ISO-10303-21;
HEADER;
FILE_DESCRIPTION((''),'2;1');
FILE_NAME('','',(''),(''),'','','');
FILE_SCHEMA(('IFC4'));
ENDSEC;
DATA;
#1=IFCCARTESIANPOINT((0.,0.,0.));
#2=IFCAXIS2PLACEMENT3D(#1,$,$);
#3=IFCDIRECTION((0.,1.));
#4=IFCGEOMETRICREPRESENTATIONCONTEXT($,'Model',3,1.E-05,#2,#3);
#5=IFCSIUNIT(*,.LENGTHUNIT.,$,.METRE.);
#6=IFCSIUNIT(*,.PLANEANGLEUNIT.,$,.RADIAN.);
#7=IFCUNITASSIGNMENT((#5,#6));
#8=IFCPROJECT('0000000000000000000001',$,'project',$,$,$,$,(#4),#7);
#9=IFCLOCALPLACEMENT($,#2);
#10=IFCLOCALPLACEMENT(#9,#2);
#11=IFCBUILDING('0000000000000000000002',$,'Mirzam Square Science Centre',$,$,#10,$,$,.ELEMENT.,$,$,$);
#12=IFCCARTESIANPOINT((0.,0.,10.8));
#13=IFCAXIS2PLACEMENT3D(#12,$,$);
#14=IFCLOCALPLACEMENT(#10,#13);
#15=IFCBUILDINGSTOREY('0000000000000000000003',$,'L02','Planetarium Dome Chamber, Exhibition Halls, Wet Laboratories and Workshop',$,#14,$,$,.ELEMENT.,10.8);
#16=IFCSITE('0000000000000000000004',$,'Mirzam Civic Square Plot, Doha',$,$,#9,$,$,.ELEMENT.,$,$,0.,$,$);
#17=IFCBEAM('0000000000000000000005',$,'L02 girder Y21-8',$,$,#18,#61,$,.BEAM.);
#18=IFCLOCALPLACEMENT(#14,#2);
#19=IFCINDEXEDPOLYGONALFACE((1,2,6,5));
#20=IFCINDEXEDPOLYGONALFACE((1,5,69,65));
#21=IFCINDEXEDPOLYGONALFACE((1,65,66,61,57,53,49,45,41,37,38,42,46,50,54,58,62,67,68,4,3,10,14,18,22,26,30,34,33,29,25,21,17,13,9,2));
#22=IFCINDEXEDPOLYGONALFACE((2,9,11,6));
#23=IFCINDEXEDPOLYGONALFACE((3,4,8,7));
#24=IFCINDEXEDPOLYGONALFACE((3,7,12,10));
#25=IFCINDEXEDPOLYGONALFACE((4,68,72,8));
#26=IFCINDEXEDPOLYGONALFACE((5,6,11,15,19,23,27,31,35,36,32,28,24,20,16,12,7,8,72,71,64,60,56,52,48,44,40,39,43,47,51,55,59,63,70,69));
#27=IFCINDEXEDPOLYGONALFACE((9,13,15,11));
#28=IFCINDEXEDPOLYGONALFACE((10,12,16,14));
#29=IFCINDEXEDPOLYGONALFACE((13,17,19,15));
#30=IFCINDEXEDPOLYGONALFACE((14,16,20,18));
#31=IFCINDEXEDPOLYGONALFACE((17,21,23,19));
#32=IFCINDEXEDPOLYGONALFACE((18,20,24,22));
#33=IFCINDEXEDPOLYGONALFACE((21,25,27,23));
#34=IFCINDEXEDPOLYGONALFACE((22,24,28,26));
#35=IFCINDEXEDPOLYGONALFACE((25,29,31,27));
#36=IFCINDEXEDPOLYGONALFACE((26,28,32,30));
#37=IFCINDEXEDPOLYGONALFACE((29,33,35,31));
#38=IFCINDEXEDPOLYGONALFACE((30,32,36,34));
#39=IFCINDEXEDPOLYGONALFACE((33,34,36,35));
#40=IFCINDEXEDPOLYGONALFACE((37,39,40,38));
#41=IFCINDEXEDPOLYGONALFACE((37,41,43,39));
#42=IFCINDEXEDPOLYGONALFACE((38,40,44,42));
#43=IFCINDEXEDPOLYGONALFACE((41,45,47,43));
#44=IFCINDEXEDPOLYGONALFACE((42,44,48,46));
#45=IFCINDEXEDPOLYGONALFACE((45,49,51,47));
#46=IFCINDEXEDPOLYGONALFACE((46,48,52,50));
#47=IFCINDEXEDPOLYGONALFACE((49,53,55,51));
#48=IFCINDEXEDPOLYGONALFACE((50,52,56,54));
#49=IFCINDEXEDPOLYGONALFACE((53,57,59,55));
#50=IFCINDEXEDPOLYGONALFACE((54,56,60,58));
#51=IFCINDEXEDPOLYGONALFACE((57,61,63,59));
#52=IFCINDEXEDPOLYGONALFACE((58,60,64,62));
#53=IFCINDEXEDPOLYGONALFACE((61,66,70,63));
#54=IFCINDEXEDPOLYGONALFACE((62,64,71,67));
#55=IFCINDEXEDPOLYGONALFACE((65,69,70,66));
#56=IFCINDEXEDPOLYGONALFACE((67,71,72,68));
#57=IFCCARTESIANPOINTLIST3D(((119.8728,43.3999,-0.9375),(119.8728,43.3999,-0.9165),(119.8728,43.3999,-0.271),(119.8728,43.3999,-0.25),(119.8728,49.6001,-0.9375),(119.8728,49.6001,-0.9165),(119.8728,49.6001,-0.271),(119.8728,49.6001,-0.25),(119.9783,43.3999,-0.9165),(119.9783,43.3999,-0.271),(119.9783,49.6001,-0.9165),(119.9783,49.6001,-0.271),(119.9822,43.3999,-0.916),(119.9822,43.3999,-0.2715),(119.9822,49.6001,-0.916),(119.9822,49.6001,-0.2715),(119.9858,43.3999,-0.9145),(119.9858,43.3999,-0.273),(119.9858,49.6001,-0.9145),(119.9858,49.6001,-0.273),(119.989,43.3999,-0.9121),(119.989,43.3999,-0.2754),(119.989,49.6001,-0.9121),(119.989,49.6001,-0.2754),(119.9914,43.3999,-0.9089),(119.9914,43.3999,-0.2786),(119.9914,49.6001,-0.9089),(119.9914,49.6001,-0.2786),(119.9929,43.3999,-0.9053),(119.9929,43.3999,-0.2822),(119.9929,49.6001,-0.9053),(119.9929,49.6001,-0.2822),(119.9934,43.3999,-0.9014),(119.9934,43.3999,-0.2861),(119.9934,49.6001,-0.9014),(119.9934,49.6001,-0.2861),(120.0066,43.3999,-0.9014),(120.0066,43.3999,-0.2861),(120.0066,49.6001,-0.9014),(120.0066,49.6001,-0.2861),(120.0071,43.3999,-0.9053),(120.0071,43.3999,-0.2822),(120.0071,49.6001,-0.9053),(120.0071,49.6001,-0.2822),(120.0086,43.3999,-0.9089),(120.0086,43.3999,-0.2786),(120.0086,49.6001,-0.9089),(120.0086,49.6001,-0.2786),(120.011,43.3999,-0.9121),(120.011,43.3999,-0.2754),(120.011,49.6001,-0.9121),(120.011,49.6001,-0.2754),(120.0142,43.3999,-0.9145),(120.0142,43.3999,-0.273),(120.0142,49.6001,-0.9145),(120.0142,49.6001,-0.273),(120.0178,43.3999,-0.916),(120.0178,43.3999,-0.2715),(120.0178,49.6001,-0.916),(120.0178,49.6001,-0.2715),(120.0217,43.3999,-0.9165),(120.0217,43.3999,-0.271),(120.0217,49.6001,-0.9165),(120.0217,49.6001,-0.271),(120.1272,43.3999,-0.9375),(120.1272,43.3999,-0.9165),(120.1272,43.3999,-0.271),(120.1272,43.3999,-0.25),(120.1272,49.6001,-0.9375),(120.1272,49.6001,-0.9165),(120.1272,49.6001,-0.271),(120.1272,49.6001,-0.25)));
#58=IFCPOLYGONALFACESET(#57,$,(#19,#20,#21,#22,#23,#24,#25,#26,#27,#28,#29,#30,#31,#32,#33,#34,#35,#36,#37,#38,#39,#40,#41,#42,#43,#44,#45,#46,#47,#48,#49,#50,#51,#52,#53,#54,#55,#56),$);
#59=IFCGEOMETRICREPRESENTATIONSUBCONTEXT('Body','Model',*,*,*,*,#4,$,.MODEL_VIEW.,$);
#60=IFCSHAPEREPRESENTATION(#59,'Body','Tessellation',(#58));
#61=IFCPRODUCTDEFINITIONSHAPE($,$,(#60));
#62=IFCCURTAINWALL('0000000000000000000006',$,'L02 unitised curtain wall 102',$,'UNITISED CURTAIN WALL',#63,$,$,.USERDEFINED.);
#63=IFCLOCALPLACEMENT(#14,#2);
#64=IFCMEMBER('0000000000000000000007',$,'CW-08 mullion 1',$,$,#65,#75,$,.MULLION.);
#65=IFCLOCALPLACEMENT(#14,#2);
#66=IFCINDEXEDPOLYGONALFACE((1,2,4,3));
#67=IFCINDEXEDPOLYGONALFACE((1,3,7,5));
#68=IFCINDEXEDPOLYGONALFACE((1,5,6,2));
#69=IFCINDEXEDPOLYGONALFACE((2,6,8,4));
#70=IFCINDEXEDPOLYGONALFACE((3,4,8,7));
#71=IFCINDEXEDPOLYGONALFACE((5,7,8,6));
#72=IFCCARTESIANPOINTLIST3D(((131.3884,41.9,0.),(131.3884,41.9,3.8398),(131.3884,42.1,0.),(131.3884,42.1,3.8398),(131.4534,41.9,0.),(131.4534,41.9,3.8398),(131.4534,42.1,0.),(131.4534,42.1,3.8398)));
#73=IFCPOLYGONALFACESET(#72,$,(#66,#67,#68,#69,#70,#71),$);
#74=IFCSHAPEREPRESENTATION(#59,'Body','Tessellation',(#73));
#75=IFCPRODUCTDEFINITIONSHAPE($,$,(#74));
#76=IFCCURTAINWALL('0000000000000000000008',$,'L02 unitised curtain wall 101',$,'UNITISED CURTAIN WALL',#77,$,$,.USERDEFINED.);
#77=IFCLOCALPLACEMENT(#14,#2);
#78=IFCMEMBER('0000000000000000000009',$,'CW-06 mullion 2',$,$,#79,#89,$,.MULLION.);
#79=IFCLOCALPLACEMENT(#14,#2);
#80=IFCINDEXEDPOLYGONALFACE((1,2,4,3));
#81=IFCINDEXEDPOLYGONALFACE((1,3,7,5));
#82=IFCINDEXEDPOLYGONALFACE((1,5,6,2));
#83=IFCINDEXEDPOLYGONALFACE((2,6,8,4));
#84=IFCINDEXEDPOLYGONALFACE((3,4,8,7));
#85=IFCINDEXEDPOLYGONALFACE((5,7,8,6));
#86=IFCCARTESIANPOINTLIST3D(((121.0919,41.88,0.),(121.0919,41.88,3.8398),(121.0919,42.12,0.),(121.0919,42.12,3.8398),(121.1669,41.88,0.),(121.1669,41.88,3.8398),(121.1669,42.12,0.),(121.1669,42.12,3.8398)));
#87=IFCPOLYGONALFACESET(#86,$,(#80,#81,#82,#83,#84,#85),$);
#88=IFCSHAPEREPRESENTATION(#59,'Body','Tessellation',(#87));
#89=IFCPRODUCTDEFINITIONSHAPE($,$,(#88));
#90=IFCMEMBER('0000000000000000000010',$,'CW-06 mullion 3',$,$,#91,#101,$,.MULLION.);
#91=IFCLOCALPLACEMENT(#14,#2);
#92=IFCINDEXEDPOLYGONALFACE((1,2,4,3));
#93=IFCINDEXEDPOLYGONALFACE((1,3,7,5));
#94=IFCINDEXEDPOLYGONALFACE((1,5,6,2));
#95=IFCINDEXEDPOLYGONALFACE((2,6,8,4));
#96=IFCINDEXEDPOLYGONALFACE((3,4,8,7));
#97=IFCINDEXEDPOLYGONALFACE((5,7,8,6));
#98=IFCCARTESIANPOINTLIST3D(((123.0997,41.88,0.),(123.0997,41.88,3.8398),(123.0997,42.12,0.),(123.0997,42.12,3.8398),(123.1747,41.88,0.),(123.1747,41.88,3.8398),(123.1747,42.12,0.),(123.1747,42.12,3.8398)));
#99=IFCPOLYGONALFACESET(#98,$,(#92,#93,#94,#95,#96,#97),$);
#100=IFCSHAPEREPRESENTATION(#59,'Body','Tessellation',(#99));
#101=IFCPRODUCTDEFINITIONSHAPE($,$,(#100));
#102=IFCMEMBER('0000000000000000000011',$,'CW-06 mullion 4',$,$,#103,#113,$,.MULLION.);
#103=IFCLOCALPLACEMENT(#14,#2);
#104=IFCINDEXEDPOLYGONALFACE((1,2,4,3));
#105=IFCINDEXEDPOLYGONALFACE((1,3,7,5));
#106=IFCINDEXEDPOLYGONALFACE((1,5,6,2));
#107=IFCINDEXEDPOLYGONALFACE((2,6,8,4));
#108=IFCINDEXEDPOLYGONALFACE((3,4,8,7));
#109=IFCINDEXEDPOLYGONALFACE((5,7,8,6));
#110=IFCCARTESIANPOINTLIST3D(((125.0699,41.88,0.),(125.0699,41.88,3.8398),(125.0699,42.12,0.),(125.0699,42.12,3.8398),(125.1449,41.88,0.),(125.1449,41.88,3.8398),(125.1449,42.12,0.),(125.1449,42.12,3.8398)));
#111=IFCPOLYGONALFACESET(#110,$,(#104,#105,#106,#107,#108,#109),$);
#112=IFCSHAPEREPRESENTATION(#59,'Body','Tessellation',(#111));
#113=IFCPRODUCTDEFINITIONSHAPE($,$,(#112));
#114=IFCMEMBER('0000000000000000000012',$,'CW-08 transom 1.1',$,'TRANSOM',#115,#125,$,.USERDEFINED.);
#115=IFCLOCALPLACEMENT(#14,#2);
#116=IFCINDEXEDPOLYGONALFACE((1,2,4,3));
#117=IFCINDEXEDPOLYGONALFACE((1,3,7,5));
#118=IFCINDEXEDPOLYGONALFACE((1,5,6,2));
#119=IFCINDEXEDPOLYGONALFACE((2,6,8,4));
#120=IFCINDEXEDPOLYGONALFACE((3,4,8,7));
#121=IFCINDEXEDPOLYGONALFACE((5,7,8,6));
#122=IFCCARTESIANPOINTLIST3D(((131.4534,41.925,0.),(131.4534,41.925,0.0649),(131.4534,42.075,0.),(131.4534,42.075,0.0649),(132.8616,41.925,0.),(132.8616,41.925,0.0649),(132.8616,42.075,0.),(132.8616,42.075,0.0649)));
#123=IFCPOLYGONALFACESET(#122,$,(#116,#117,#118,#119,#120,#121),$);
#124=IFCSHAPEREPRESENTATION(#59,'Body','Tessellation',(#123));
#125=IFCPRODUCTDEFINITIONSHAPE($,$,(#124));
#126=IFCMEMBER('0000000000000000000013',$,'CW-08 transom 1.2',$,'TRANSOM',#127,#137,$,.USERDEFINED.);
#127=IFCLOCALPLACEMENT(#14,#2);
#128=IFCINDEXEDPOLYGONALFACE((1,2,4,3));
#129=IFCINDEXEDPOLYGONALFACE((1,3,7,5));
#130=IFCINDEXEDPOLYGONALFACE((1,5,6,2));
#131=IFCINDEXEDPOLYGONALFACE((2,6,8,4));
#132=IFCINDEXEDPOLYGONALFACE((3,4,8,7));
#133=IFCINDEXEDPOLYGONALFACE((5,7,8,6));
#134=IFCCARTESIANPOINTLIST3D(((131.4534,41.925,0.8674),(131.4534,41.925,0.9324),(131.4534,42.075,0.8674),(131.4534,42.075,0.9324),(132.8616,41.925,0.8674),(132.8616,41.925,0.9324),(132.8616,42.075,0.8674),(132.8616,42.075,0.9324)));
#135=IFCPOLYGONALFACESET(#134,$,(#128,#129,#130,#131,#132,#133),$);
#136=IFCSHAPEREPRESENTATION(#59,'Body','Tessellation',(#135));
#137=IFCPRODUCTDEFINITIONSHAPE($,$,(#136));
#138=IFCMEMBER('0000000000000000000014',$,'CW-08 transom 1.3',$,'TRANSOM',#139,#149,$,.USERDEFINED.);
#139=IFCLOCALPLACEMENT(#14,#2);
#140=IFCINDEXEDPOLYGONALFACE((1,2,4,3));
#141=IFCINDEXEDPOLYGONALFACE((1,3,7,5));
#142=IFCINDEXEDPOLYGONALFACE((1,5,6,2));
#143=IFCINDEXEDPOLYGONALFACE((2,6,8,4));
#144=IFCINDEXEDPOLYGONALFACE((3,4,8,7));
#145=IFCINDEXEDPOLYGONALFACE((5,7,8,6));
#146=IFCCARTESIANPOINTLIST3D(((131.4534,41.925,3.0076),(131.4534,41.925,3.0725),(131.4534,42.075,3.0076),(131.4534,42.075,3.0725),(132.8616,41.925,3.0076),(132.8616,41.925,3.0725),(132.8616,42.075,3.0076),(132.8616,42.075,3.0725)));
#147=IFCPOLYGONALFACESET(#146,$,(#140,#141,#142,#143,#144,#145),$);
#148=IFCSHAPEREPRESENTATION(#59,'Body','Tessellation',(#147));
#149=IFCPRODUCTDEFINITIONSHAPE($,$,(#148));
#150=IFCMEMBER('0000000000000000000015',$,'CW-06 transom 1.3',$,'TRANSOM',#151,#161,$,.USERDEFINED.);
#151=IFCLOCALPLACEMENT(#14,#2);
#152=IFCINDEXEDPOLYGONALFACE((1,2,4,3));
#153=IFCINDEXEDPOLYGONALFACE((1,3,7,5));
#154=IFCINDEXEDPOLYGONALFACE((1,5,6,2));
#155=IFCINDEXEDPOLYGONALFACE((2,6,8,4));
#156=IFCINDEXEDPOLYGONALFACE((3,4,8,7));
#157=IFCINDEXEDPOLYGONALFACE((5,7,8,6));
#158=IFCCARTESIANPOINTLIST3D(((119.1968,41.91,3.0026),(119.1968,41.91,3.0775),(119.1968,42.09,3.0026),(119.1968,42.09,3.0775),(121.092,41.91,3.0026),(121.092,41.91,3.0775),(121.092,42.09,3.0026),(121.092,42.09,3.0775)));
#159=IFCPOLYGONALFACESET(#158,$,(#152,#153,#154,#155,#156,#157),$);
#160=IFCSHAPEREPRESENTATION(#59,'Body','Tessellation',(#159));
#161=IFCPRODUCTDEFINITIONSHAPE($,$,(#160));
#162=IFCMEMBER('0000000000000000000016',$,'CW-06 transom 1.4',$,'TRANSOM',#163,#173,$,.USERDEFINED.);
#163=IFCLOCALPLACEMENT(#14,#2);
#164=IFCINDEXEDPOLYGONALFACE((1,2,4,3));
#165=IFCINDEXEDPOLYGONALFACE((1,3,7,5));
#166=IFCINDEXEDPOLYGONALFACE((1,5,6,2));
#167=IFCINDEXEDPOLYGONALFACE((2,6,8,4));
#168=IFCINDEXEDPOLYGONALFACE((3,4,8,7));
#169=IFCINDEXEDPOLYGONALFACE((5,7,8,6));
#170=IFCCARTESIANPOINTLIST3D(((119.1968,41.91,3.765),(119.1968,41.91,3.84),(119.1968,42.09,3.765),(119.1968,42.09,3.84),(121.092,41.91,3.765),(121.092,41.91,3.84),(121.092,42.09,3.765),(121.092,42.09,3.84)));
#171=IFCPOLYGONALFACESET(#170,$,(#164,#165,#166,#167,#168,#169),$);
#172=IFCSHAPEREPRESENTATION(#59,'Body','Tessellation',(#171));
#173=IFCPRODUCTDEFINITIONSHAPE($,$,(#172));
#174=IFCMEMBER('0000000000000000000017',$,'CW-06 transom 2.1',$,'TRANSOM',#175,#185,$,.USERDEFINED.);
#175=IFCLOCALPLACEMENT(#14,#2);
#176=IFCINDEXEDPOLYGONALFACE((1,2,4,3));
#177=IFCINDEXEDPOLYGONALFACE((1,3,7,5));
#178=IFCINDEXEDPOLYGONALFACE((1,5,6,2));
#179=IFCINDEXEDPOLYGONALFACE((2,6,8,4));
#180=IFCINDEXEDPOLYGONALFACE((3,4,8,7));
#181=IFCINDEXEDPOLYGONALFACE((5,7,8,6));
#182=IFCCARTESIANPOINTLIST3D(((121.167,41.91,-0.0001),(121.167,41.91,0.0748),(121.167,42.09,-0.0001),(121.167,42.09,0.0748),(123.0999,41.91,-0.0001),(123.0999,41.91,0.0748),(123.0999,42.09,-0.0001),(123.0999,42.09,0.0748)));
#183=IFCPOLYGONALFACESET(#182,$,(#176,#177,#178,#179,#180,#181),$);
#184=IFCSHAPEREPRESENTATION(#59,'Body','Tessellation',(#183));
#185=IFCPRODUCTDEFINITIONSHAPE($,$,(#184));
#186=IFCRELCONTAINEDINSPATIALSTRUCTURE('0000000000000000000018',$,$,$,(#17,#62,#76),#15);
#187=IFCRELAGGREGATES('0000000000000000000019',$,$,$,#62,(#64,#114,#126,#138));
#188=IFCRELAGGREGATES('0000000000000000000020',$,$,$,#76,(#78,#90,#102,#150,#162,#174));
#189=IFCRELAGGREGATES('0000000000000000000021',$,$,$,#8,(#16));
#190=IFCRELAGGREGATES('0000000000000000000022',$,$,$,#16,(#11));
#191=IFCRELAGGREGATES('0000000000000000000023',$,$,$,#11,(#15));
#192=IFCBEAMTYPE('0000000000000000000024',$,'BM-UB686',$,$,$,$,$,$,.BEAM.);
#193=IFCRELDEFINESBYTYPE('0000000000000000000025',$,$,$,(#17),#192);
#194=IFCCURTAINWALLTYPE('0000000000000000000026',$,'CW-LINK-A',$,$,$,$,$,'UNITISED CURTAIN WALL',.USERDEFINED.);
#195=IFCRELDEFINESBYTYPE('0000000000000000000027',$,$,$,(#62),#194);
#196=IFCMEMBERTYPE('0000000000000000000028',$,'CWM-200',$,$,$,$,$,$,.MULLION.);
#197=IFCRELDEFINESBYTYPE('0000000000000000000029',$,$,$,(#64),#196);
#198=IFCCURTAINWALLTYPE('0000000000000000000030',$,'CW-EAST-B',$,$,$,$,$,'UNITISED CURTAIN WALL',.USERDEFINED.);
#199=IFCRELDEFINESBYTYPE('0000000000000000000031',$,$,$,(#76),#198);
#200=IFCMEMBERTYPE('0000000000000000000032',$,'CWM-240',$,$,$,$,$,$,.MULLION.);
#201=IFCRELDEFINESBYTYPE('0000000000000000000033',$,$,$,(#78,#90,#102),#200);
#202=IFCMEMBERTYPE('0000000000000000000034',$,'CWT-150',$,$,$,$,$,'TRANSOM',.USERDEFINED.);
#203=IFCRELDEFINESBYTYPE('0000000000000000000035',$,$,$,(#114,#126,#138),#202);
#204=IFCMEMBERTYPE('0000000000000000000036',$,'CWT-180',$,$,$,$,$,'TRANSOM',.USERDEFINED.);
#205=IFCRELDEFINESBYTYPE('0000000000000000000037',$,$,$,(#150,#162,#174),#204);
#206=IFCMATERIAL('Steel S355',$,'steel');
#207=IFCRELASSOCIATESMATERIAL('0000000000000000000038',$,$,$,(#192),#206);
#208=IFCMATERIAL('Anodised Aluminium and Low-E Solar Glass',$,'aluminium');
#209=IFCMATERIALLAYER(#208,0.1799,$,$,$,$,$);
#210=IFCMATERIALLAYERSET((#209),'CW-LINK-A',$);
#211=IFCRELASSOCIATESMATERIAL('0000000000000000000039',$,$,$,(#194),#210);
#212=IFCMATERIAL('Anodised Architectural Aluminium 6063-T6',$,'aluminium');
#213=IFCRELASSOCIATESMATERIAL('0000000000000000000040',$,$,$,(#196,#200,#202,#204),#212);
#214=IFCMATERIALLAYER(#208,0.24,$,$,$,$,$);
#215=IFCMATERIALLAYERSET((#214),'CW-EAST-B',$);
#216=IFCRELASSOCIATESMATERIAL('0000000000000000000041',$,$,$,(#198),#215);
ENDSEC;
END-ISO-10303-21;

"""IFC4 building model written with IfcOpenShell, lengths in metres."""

from ifc_helpers import new_model, si_unit, direction, frame, origin, origin_2d, place, context, subcontext, project, spatial, rectangle, i_section, extrude, material, layer, layer_set, material_profile, profile_set, type_object, element, aggregate, save


model = new_model("IFC4")

# Units and contexts
model_context = context("Model", 3, precision=1e-05, world=origin(), true_north=direction((0.0, 1.0)))
body_context = subcontext(model_context, "Body", "Model", "MODEL_VIEW")
ifc_project = project(units=[si_unit("LENGTHUNIT", "METRE"), si_unit("PLANEANGLEUNIT", "RADIAN")], contexts=[model_context])

# Site, building, storey
site_placement = place(None, origin())
site = spatial("IfcSite", under=ifc_project, at=site_placement, Name="Mirzam Civic Square Plot, Doha", CompositionType="ELEMENT", RefElevation=0.0)
building_placement = place(site_placement, origin())
building = spatial("IfcBuilding", under=site, at=building_placement, Name="Mirzam Square Science Centre", CompositionType="ELEMENT")
storey_placement = place(building_placement, frame((0.0, 0.0, 10.8)))
storey = spatial("IfcBuildingStorey", under=building, at=storey_placement, Name="L02", Description="Planetarium Dome Chamber, Exhibition Halls, Wet Laboratories and Workshop", CompositionType="ELEMENT", Elevation=10.8)

# Shared definitions
ifc_material_1 = material(Name="Steel S355", Category="steel")

# Beam
ifc_material_profile_1 = material_profile(ifc_material_1, i_section(OverallWidth=0.2544, OverallDepth=0.6875, WebThickness=0.0132, FlangeThickness=0.021, FilletRadius=0.0151, at=origin_2d()), Name="686x254x152UB")
ifc_profile_set_1 = profile_set([ifc_material_profile_1], Name="Steel S355")
beam_type_1 = type_object("IfcBeamType", Name="BM-UB686", PredefinedType="BEAM", material=ifc_profile_set_1)
beam_1_placement = place(storey_placement, frame((120.0, 43.3999, -0.5938), z_axis=(0.0, 1.0, 0.0), x_axis=(-1.0, 0.0, 0.0)))
element("IfcBeam", 1, at=beam_1_placement, inside=storey, type_object=beam_type_1, Name="L02 girder Y21-8", PredefinedType="BEAM", context=body_context, shape_type="SweptSolid", body=[
    extrude(i_section(OverallWidth=0.2544, OverallDepth=0.6875, WebThickness=0.0132, FlangeThickness=0.021, FilletRadius=0.0151, at=origin_2d()), origin(), (0.0, 0.0, 1.0), 6.2002),
])

# Curtain wall, member
ifc_material_2 = material(Name="Anodised Aluminium and Low-E Solar Glass", Category="aluminium")
ifc_layer_1 = layer(ifc_material_2, 0.1799)
ifc_layer_set_1 = layer_set([ifc_layer_1], Name="CW-LINK-A")
curtain_wall_type_1 = type_object("IfcCurtainWallType", Name="CW-LINK-A", ElementType="UNITISED CURTAIN WALL", PredefinedType="USERDEFINED", material=ifc_layer_set_1)
curtain_wall_1_placement = place(storey_placement, origin())
curtain_wall_1 = element("IfcCurtainWall", 2, at=curtain_wall_1_placement, inside=storey, type_object=curtain_wall_type_1, Name="L02 unitised curtain wall 102", ObjectType="UNITISED CURTAIN WALL", PredefinedType="USERDEFINED")
ifc_material_3 = material(Name="Anodised Architectural Aluminium 6063-T6", Category="aluminium")
ifc_material_profile_2 = material_profile(ifc_material_3, rectangle(XDim=0.0649, YDim=0.2, at=origin_2d()), Name="ALU-MULL-200x65x5")
ifc_profile_set_2 = profile_set([ifc_material_profile_2], Name="Anodised Architectural Aluminium 6063-T6")
member_type_1 = type_object("IfcMemberType", Name="CWM-200", PredefinedType="MULLION", material=ifc_profile_set_2)
member_1_placement = place(storey_placement, frame((131.4209, 42.0, 0.0), z_axis=(0.0, 0.0, 1.0), x_axis=(1.0, 0.0, 0.0)))
member_1 = element("IfcMember", 3, at=member_1_placement, type_object=member_type_1, Name="CW-08 mullion 1", PredefinedType="MULLION", context=body_context, shape_type="SweptSolid", body=[
    extrude(rectangle(XDim=0.0649, YDim=0.2, at=origin_2d()), origin(), (0.0, 0.0, 1.0), 3.8398),
])

# Curtain wall, members
ifc_layer_2 = layer(ifc_material_2, 0.24)
ifc_layer_set_2 = layer_set([ifc_layer_2], Name="CW-EAST-B")
curtain_wall_type_2 = type_object("IfcCurtainWallType", Name="CW-EAST-B", ElementType="UNITISED CURTAIN WALL", PredefinedType="USERDEFINED", material=ifc_layer_set_2)
curtain_wall_2_placement = place(storey_placement, origin())
curtain_wall_2 = element("IfcCurtainWall", 4, at=curtain_wall_2_placement, inside=storey, type_object=curtain_wall_type_2, Name="L02 unitised curtain wall 101", ObjectType="UNITISED CURTAIN WALL", PredefinedType="USERDEFINED")
ifc_material_profile_3 = material_profile(ifc_material_3, rectangle(XDim=0.075, YDim=0.24, at=origin_2d()), Name="ALU-MULL-240x75x5")
ifc_profile_set_3 = profile_set([ifc_material_profile_3], Name="Anodised Architectural Aluminium 6063-T6")
member_type_2 = type_object("IfcMemberType", Name="CWM-240", PredefinedType="MULLION", material=ifc_profile_set_3)
member_2_placement = place(storey_placement, frame((121.1294, 42.0, 0.0), z_axis=(0.0, 0.0, 1.0), x_axis=(1.0, 0.0, 0.0)))
member_2 = element("IfcMember", 5, at=member_2_placement, type_object=member_type_2, Name="CW-06 mullion 2", PredefinedType="MULLION", context=body_context, shape_type="SweptSolid", body=[
    extrude(rectangle(XDim=0.075, YDim=0.24, at=origin_2d()), origin(), (0.0, 0.0, 1.0), 3.8398),
])
member_3_placement = place(storey_placement, frame((123.1372, 42.0, 0.0), z_axis=(0.0, 0.0, 1.0), x_axis=(1.0, 0.0, 0.0)))
member_3 = element("IfcMember", 6, at=member_3_placement, type_object=member_type_2, Name="CW-06 mullion 3", PredefinedType="MULLION", context=body_context, shape_type="SweptSolid", body=[
    extrude(rectangle(XDim=0.075, YDim=0.24, at=origin_2d()), origin(), (0.0, 0.0, 1.0), 3.8398),
])
member_4_placement = place(storey_placement, frame((125.1074, 42.0, 0.0), z_axis=(0.0, 0.0, 1.0), x_axis=(1.0, 0.0, 0.0)))
member_4 = element("IfcMember", 7, at=member_4_placement, type_object=member_type_2, Name="CW-06 mullion 4", PredefinedType="MULLION", context=body_context, shape_type="SweptSolid", body=[
    extrude(rectangle(XDim=0.075, YDim=0.24, at=origin_2d()), origin(), (0.0, 0.0, 1.0), 3.8398),
])

# Members
ifc_material_profile_4 = material_profile(ifc_material_3, rectangle(XDim=0.1499, YDim=0.0649, at=origin_2d()), Name="ALU-TRAN-150x65x4")
ifc_profile_set_4 = profile_set([ifc_material_profile_4], Name="Anodised Architectural Aluminium 6063-T6")
member_type_3 = type_object("IfcMemberType", Name="CWT-150", ElementType="TRANSOM", PredefinedType="USERDEFINED", material=ifc_profile_set_4)
member_5_placement = place(storey_placement, frame((131.4534, 42.0, 0.0325), z_axis=(1.0, 0.0, 0.0), x_axis=(0.0, 1.0, 0.0)))
member_5 = element("IfcMember", 8, at=member_5_placement, type_object=member_type_3, Name="CW-08 transom 1.1", ObjectType="TRANSOM", PredefinedType="USERDEFINED", context=body_context, shape_type="SweptSolid", body=[
    extrude(rectangle(XDim=0.1499, YDim=0.0649, at=origin_2d()), origin(), (0.0, 0.0, 1.0), 1.4082),
])
member_6_placement = place(storey_placement, frame((131.4534, 42.0, 0.8999), z_axis=(1.0, 0.0, 0.0), x_axis=(0.0, 1.0, 0.0)))
member_6 = element("IfcMember", 9, at=member_6_placement, type_object=member_type_3, Name="CW-08 transom 1.2", ObjectType="TRANSOM", PredefinedType="USERDEFINED", context=body_context, shape_type="SweptSolid", body=[
    extrude(rectangle(XDim=0.1499, YDim=0.0649, at=origin_2d()), origin(), (0.0, 0.0, 1.0), 1.4082),
])
member_7_placement = place(storey_placement, frame((131.4534, 42.0, 3.04), z_axis=(1.0, 0.0, 0.0), x_axis=(0.0, 1.0, 0.0)))
member_7 = element("IfcMember", 10, at=member_7_placement, type_object=member_type_3, Name="CW-08 transom 1.3", ObjectType="TRANSOM", PredefinedType="USERDEFINED", context=body_context, shape_type="SweptSolid", body=[
    extrude(rectangle(XDim=0.1499, YDim=0.0649, at=origin_2d()), origin(), (0.0, 0.0, 1.0), 1.4082),
])
aggregate(curtain_wall_1, [member_1, member_5, member_6, member_7])
ifc_material_profile_5 = material_profile(ifc_material_3, rectangle(XDim=0.1799, YDim=0.075, at=origin_2d()), Name="ALU-TRAN-180x75x5")
ifc_profile_set_5 = profile_set([ifc_material_profile_5], Name="Anodised Architectural Aluminium 6063-T6")
member_type_4 = type_object("IfcMemberType", Name="CWT-180", ElementType="TRANSOM", PredefinedType="USERDEFINED", material=ifc_profile_set_5)
member_8_placement = place(storey_placement, frame((119.1968, 42.0, 3.04), z_axis=(1.0, 0.0, 0.0), x_axis=(0.0, 1.0, 0.0)))
member_8 = element("IfcMember", 11, at=member_8_placement, type_object=member_type_4, Name="CW-06 transom 1.3", ObjectType="TRANSOM", PredefinedType="USERDEFINED", context=body_context, shape_type="SweptSolid", body=[
    extrude(rectangle(XDim=0.1799, YDim=0.075, at=origin_2d()), origin(), (0.0, 0.0, 1.0), 1.8953),
])
member_9_placement = place(storey_placement, frame((119.1968, 42.0, 3.8025), z_axis=(1.0, 0.0, 0.0), x_axis=(0.0, 1.0, 0.0)))
member_9 = element("IfcMember", 12, at=member_9_placement, type_object=member_type_4, Name="CW-06 transom 1.4", ObjectType="TRANSOM", PredefinedType="USERDEFINED", context=body_context, shape_type="SweptSolid", body=[
    extrude(rectangle(XDim=0.1799, YDim=0.075, at=origin_2d()), origin(), (0.0, 0.0, 1.0), 1.8953),
])
member_10_placement = place(storey_placement, frame((121.167, 42.0, 0.0374), z_axis=(1.0, 0.0, 0.0), x_axis=(0.0, 1.0, 0.0)))
member_10 = element("IfcMember", 13, at=member_10_placement, type_object=member_type_4, Name="CW-06 transom 2.1", ObjectType="TRANSOM", PredefinedType="USERDEFINED", context=body_context, shape_type="SweptSolid", body=[
    extrude(rectangle(XDim=0.1799, YDim=0.075, at=origin_2d()), origin(), (0.0, 0.0, 1.0), 1.9329),
])

aggregate(curtain_wall_2, [member_2, member_3, member_4, member_8, member_9, member_10])

save(model, "model.ifc")
